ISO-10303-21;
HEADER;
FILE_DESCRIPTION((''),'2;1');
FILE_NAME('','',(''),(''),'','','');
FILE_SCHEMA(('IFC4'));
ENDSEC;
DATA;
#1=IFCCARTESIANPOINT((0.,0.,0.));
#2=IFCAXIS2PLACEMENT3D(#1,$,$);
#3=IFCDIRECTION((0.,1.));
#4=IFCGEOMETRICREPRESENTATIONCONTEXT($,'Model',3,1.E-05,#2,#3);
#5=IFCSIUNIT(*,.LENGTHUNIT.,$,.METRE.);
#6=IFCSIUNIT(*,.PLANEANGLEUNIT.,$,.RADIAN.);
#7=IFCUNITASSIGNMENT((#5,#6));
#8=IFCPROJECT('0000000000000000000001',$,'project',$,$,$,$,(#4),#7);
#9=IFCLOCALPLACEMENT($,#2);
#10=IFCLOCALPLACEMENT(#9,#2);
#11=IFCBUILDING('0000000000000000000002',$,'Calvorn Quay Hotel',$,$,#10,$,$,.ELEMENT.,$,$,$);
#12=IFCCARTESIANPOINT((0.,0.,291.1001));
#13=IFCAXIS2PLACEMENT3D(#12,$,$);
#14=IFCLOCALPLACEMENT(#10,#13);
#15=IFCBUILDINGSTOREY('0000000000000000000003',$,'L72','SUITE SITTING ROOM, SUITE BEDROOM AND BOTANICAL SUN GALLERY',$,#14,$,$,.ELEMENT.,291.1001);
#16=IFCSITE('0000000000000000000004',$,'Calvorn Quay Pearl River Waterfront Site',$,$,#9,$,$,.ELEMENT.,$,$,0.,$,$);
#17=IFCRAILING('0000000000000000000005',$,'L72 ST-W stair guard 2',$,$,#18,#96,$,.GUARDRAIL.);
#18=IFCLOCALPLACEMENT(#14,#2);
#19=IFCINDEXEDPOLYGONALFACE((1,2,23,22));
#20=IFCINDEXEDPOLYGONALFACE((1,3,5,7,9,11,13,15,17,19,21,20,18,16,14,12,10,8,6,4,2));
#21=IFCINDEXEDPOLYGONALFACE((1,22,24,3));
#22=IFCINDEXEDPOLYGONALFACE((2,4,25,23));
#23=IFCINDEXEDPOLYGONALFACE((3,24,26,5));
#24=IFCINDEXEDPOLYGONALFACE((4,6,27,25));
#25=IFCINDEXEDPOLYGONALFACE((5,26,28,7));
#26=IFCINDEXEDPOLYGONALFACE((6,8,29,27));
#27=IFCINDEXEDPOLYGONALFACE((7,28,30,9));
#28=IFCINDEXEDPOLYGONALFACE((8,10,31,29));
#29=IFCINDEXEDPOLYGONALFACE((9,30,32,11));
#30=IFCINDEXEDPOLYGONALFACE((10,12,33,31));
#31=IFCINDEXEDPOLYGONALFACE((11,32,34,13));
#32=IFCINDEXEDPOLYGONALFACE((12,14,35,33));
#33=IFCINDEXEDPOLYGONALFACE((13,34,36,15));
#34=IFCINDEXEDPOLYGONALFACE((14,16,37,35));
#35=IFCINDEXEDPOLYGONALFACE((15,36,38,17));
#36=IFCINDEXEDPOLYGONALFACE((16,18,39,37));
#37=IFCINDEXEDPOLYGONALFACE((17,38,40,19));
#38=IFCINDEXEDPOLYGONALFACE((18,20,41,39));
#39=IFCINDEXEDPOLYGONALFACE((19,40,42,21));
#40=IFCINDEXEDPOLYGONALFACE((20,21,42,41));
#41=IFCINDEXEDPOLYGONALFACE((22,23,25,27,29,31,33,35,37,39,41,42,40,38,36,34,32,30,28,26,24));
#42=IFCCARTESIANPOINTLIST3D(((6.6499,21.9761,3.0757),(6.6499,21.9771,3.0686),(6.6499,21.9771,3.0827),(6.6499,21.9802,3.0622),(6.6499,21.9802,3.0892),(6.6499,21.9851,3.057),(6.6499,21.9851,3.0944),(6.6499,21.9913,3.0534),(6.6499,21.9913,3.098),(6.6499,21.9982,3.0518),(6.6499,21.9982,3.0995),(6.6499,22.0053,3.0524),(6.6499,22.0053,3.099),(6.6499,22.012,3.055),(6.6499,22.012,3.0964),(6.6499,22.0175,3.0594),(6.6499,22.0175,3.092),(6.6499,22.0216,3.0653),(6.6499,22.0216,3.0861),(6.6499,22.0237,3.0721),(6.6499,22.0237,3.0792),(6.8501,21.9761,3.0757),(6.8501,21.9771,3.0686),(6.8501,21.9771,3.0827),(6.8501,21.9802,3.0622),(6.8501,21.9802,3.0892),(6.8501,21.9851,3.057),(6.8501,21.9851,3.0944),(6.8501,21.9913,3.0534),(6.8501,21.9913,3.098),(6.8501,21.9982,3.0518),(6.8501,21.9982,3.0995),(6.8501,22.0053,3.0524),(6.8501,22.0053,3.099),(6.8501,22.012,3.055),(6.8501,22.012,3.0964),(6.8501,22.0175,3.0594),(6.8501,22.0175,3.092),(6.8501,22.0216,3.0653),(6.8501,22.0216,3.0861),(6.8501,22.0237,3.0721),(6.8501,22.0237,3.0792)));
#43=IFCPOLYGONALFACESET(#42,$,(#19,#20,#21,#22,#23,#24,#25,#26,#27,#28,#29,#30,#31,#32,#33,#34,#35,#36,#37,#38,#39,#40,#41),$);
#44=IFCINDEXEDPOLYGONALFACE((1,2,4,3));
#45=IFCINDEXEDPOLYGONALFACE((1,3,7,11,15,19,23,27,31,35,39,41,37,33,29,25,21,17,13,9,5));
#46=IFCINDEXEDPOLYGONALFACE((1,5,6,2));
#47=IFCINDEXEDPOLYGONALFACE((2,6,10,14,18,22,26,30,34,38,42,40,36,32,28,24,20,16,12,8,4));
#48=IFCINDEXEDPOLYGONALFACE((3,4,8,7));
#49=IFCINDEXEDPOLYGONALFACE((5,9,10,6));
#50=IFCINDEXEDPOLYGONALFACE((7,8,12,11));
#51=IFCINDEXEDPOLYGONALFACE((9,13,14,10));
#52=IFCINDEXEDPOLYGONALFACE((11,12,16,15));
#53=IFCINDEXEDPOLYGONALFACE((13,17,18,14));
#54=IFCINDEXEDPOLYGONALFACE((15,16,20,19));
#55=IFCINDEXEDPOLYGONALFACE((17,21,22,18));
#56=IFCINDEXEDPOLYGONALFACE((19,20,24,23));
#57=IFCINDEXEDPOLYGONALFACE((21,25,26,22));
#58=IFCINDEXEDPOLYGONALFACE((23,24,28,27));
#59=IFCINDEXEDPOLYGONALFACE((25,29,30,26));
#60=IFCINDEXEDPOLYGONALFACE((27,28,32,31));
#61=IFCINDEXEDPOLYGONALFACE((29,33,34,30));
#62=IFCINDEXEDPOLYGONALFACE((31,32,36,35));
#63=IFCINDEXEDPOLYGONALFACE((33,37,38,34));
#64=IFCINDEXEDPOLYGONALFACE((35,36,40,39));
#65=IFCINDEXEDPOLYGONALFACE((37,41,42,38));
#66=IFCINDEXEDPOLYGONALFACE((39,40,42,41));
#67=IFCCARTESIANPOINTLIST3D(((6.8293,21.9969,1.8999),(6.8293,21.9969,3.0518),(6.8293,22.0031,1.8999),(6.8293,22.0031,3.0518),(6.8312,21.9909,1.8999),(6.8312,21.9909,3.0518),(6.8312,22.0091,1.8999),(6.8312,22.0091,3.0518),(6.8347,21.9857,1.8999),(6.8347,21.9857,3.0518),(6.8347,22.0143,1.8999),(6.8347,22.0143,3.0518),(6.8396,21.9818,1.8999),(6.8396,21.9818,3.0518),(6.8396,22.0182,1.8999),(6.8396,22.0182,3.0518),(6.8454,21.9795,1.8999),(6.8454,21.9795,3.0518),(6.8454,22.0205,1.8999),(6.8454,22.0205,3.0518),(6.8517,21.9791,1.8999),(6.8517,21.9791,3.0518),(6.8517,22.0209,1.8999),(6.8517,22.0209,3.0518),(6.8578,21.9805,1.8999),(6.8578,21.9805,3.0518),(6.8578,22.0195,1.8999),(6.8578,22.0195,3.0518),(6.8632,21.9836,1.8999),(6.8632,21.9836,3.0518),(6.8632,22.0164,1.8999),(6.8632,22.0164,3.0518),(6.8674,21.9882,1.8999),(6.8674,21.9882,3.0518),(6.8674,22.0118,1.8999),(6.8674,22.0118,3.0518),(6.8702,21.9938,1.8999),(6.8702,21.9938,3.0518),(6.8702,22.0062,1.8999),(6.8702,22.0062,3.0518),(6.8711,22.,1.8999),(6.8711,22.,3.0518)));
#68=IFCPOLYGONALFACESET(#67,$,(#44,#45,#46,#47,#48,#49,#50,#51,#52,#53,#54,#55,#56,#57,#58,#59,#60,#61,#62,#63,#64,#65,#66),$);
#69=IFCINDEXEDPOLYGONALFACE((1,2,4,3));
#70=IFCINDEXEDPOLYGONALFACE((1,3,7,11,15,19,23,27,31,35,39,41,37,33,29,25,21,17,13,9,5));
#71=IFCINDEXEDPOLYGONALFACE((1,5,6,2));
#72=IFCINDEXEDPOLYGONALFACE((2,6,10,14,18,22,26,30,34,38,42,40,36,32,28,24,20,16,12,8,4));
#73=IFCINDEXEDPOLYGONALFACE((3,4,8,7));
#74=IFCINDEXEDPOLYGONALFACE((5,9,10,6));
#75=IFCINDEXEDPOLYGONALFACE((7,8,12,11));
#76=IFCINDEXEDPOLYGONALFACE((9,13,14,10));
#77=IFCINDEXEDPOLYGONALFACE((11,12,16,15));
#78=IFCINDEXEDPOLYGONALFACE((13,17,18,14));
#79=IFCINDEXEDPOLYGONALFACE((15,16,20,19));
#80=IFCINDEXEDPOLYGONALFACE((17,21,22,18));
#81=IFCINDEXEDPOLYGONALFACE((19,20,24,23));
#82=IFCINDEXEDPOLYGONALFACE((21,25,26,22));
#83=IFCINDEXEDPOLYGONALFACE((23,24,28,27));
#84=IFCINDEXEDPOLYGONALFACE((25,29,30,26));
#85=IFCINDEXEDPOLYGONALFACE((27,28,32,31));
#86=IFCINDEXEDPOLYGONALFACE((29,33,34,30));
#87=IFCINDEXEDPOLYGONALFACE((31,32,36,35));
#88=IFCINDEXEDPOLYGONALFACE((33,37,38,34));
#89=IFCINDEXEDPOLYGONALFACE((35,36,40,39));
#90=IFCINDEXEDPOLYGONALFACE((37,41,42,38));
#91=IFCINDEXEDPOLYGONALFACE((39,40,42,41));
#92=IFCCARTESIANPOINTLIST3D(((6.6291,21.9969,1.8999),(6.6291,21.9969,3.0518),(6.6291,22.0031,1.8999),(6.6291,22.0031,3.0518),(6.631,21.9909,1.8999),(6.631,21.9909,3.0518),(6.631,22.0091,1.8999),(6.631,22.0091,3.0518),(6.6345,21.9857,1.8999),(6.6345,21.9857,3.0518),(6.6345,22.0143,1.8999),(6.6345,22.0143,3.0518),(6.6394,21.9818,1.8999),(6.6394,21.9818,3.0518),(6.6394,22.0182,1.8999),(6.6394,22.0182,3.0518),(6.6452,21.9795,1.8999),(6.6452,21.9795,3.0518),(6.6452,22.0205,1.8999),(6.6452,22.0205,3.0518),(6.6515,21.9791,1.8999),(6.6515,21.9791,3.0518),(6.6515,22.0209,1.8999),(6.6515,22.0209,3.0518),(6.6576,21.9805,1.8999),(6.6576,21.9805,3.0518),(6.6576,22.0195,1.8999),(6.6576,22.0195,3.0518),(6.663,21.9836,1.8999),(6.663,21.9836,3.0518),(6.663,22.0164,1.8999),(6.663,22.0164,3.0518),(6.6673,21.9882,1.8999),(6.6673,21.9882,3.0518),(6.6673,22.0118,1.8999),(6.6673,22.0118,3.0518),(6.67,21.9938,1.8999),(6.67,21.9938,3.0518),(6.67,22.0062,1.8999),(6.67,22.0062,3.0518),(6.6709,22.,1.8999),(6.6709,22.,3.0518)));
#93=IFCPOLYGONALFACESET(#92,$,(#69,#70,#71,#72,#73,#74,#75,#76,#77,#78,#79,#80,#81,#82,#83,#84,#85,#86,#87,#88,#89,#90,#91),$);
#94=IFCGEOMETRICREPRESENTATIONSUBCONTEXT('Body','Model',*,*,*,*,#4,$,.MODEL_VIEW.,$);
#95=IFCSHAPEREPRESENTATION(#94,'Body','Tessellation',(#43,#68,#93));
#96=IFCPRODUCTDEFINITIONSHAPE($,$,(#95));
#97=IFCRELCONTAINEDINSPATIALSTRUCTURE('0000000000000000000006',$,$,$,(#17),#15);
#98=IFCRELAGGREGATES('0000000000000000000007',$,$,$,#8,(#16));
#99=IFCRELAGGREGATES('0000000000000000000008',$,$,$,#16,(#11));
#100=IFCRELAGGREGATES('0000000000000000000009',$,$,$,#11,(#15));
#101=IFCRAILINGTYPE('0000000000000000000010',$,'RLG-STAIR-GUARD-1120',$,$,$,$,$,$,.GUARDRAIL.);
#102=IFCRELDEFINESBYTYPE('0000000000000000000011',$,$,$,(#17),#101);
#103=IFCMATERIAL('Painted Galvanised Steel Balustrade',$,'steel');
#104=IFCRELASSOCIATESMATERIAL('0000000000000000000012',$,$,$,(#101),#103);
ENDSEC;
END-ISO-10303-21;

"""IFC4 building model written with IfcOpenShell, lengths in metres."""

from ifc_helpers import new_model, si_unit, direction, frame, origin, origin_2d, place, context, subcontext, project, spatial, circle, extrude, material, type_object, element, save


model = new_model("IFC4")

# Units and contexts
model_context = context("Model", 3, precision=1e-05, world=origin(), true_north=direction((0.0, 1.0)))
body_context = subcontext(model_context, "Body", "Model", "MODEL_VIEW")
ifc_project = project(units=[si_unit("LENGTHUNIT", "METRE"), si_unit("PLANEANGLEUNIT", "RADIAN")], contexts=[model_context])

# Site, building, storey
site_placement = place(None, origin())
site = spatial("IfcSite", under=ifc_project, at=site_placement, Name="Calvorn Quay Pearl River Waterfront Site", CompositionType="ELEMENT", RefElevation=0.0)
building_placement = place(site_placement, origin())
building = spatial("IfcBuilding", under=site, at=building_placement, Name="Calvorn Quay Hotel", CompositionType="ELEMENT")
storey_placement = place(building_placement, frame((0.0, 0.0, 291.1001)))
storey = spatial("IfcBuildingStorey", under=building, at=storey_placement, Name="L72", Description="SUITE SITTING ROOM, SUITE BEDROOM AND BOTANICAL SUN GALLERY", CompositionType="ELEMENT", Elevation=291.1001)

# Railing
ifc_material_1 = material(Name="Painted Galvanised Steel Balustrade", Category="steel")
railing_type_1 = type_object("IfcRailingType", Name="RLG-STAIR-GUARD-1120", PredefinedType="GUARDRAIL", material=ifc_material_1)
railing_1_placement = place(storey_placement, frame((6.8501, 22.0, 1.8999)))
element("IfcRailing", 1, at=railing_1_placement, inside=storey, type_object=railing_type_1, Name="L72 ST-W stair guard 2", PredefinedType="GUARDRAIL", context=body_context, shape_type="SweptSolid", body=[
    extrude(circle(Radius=0.0239, at=origin_2d()), frame((0.0, 0.0, 1.1758), z_axis=(-1.0, 0.0, 0.0), x_axis=(0.0, -1.0, 0.0)), (0.0, 0.0, 1.0), 0.2002),
    extrude(circle(Radius=0.021, at=origin_2d()), origin(), (0.0, 0.0, 1.0), 1.1519),
    extrude(circle(Radius=0.021, at=origin_2d()), frame((-0.2002, 0.0, 0.0)), (0.0, 0.0, 1.0), 1.1519),
])

save(model, "model.ifc")
